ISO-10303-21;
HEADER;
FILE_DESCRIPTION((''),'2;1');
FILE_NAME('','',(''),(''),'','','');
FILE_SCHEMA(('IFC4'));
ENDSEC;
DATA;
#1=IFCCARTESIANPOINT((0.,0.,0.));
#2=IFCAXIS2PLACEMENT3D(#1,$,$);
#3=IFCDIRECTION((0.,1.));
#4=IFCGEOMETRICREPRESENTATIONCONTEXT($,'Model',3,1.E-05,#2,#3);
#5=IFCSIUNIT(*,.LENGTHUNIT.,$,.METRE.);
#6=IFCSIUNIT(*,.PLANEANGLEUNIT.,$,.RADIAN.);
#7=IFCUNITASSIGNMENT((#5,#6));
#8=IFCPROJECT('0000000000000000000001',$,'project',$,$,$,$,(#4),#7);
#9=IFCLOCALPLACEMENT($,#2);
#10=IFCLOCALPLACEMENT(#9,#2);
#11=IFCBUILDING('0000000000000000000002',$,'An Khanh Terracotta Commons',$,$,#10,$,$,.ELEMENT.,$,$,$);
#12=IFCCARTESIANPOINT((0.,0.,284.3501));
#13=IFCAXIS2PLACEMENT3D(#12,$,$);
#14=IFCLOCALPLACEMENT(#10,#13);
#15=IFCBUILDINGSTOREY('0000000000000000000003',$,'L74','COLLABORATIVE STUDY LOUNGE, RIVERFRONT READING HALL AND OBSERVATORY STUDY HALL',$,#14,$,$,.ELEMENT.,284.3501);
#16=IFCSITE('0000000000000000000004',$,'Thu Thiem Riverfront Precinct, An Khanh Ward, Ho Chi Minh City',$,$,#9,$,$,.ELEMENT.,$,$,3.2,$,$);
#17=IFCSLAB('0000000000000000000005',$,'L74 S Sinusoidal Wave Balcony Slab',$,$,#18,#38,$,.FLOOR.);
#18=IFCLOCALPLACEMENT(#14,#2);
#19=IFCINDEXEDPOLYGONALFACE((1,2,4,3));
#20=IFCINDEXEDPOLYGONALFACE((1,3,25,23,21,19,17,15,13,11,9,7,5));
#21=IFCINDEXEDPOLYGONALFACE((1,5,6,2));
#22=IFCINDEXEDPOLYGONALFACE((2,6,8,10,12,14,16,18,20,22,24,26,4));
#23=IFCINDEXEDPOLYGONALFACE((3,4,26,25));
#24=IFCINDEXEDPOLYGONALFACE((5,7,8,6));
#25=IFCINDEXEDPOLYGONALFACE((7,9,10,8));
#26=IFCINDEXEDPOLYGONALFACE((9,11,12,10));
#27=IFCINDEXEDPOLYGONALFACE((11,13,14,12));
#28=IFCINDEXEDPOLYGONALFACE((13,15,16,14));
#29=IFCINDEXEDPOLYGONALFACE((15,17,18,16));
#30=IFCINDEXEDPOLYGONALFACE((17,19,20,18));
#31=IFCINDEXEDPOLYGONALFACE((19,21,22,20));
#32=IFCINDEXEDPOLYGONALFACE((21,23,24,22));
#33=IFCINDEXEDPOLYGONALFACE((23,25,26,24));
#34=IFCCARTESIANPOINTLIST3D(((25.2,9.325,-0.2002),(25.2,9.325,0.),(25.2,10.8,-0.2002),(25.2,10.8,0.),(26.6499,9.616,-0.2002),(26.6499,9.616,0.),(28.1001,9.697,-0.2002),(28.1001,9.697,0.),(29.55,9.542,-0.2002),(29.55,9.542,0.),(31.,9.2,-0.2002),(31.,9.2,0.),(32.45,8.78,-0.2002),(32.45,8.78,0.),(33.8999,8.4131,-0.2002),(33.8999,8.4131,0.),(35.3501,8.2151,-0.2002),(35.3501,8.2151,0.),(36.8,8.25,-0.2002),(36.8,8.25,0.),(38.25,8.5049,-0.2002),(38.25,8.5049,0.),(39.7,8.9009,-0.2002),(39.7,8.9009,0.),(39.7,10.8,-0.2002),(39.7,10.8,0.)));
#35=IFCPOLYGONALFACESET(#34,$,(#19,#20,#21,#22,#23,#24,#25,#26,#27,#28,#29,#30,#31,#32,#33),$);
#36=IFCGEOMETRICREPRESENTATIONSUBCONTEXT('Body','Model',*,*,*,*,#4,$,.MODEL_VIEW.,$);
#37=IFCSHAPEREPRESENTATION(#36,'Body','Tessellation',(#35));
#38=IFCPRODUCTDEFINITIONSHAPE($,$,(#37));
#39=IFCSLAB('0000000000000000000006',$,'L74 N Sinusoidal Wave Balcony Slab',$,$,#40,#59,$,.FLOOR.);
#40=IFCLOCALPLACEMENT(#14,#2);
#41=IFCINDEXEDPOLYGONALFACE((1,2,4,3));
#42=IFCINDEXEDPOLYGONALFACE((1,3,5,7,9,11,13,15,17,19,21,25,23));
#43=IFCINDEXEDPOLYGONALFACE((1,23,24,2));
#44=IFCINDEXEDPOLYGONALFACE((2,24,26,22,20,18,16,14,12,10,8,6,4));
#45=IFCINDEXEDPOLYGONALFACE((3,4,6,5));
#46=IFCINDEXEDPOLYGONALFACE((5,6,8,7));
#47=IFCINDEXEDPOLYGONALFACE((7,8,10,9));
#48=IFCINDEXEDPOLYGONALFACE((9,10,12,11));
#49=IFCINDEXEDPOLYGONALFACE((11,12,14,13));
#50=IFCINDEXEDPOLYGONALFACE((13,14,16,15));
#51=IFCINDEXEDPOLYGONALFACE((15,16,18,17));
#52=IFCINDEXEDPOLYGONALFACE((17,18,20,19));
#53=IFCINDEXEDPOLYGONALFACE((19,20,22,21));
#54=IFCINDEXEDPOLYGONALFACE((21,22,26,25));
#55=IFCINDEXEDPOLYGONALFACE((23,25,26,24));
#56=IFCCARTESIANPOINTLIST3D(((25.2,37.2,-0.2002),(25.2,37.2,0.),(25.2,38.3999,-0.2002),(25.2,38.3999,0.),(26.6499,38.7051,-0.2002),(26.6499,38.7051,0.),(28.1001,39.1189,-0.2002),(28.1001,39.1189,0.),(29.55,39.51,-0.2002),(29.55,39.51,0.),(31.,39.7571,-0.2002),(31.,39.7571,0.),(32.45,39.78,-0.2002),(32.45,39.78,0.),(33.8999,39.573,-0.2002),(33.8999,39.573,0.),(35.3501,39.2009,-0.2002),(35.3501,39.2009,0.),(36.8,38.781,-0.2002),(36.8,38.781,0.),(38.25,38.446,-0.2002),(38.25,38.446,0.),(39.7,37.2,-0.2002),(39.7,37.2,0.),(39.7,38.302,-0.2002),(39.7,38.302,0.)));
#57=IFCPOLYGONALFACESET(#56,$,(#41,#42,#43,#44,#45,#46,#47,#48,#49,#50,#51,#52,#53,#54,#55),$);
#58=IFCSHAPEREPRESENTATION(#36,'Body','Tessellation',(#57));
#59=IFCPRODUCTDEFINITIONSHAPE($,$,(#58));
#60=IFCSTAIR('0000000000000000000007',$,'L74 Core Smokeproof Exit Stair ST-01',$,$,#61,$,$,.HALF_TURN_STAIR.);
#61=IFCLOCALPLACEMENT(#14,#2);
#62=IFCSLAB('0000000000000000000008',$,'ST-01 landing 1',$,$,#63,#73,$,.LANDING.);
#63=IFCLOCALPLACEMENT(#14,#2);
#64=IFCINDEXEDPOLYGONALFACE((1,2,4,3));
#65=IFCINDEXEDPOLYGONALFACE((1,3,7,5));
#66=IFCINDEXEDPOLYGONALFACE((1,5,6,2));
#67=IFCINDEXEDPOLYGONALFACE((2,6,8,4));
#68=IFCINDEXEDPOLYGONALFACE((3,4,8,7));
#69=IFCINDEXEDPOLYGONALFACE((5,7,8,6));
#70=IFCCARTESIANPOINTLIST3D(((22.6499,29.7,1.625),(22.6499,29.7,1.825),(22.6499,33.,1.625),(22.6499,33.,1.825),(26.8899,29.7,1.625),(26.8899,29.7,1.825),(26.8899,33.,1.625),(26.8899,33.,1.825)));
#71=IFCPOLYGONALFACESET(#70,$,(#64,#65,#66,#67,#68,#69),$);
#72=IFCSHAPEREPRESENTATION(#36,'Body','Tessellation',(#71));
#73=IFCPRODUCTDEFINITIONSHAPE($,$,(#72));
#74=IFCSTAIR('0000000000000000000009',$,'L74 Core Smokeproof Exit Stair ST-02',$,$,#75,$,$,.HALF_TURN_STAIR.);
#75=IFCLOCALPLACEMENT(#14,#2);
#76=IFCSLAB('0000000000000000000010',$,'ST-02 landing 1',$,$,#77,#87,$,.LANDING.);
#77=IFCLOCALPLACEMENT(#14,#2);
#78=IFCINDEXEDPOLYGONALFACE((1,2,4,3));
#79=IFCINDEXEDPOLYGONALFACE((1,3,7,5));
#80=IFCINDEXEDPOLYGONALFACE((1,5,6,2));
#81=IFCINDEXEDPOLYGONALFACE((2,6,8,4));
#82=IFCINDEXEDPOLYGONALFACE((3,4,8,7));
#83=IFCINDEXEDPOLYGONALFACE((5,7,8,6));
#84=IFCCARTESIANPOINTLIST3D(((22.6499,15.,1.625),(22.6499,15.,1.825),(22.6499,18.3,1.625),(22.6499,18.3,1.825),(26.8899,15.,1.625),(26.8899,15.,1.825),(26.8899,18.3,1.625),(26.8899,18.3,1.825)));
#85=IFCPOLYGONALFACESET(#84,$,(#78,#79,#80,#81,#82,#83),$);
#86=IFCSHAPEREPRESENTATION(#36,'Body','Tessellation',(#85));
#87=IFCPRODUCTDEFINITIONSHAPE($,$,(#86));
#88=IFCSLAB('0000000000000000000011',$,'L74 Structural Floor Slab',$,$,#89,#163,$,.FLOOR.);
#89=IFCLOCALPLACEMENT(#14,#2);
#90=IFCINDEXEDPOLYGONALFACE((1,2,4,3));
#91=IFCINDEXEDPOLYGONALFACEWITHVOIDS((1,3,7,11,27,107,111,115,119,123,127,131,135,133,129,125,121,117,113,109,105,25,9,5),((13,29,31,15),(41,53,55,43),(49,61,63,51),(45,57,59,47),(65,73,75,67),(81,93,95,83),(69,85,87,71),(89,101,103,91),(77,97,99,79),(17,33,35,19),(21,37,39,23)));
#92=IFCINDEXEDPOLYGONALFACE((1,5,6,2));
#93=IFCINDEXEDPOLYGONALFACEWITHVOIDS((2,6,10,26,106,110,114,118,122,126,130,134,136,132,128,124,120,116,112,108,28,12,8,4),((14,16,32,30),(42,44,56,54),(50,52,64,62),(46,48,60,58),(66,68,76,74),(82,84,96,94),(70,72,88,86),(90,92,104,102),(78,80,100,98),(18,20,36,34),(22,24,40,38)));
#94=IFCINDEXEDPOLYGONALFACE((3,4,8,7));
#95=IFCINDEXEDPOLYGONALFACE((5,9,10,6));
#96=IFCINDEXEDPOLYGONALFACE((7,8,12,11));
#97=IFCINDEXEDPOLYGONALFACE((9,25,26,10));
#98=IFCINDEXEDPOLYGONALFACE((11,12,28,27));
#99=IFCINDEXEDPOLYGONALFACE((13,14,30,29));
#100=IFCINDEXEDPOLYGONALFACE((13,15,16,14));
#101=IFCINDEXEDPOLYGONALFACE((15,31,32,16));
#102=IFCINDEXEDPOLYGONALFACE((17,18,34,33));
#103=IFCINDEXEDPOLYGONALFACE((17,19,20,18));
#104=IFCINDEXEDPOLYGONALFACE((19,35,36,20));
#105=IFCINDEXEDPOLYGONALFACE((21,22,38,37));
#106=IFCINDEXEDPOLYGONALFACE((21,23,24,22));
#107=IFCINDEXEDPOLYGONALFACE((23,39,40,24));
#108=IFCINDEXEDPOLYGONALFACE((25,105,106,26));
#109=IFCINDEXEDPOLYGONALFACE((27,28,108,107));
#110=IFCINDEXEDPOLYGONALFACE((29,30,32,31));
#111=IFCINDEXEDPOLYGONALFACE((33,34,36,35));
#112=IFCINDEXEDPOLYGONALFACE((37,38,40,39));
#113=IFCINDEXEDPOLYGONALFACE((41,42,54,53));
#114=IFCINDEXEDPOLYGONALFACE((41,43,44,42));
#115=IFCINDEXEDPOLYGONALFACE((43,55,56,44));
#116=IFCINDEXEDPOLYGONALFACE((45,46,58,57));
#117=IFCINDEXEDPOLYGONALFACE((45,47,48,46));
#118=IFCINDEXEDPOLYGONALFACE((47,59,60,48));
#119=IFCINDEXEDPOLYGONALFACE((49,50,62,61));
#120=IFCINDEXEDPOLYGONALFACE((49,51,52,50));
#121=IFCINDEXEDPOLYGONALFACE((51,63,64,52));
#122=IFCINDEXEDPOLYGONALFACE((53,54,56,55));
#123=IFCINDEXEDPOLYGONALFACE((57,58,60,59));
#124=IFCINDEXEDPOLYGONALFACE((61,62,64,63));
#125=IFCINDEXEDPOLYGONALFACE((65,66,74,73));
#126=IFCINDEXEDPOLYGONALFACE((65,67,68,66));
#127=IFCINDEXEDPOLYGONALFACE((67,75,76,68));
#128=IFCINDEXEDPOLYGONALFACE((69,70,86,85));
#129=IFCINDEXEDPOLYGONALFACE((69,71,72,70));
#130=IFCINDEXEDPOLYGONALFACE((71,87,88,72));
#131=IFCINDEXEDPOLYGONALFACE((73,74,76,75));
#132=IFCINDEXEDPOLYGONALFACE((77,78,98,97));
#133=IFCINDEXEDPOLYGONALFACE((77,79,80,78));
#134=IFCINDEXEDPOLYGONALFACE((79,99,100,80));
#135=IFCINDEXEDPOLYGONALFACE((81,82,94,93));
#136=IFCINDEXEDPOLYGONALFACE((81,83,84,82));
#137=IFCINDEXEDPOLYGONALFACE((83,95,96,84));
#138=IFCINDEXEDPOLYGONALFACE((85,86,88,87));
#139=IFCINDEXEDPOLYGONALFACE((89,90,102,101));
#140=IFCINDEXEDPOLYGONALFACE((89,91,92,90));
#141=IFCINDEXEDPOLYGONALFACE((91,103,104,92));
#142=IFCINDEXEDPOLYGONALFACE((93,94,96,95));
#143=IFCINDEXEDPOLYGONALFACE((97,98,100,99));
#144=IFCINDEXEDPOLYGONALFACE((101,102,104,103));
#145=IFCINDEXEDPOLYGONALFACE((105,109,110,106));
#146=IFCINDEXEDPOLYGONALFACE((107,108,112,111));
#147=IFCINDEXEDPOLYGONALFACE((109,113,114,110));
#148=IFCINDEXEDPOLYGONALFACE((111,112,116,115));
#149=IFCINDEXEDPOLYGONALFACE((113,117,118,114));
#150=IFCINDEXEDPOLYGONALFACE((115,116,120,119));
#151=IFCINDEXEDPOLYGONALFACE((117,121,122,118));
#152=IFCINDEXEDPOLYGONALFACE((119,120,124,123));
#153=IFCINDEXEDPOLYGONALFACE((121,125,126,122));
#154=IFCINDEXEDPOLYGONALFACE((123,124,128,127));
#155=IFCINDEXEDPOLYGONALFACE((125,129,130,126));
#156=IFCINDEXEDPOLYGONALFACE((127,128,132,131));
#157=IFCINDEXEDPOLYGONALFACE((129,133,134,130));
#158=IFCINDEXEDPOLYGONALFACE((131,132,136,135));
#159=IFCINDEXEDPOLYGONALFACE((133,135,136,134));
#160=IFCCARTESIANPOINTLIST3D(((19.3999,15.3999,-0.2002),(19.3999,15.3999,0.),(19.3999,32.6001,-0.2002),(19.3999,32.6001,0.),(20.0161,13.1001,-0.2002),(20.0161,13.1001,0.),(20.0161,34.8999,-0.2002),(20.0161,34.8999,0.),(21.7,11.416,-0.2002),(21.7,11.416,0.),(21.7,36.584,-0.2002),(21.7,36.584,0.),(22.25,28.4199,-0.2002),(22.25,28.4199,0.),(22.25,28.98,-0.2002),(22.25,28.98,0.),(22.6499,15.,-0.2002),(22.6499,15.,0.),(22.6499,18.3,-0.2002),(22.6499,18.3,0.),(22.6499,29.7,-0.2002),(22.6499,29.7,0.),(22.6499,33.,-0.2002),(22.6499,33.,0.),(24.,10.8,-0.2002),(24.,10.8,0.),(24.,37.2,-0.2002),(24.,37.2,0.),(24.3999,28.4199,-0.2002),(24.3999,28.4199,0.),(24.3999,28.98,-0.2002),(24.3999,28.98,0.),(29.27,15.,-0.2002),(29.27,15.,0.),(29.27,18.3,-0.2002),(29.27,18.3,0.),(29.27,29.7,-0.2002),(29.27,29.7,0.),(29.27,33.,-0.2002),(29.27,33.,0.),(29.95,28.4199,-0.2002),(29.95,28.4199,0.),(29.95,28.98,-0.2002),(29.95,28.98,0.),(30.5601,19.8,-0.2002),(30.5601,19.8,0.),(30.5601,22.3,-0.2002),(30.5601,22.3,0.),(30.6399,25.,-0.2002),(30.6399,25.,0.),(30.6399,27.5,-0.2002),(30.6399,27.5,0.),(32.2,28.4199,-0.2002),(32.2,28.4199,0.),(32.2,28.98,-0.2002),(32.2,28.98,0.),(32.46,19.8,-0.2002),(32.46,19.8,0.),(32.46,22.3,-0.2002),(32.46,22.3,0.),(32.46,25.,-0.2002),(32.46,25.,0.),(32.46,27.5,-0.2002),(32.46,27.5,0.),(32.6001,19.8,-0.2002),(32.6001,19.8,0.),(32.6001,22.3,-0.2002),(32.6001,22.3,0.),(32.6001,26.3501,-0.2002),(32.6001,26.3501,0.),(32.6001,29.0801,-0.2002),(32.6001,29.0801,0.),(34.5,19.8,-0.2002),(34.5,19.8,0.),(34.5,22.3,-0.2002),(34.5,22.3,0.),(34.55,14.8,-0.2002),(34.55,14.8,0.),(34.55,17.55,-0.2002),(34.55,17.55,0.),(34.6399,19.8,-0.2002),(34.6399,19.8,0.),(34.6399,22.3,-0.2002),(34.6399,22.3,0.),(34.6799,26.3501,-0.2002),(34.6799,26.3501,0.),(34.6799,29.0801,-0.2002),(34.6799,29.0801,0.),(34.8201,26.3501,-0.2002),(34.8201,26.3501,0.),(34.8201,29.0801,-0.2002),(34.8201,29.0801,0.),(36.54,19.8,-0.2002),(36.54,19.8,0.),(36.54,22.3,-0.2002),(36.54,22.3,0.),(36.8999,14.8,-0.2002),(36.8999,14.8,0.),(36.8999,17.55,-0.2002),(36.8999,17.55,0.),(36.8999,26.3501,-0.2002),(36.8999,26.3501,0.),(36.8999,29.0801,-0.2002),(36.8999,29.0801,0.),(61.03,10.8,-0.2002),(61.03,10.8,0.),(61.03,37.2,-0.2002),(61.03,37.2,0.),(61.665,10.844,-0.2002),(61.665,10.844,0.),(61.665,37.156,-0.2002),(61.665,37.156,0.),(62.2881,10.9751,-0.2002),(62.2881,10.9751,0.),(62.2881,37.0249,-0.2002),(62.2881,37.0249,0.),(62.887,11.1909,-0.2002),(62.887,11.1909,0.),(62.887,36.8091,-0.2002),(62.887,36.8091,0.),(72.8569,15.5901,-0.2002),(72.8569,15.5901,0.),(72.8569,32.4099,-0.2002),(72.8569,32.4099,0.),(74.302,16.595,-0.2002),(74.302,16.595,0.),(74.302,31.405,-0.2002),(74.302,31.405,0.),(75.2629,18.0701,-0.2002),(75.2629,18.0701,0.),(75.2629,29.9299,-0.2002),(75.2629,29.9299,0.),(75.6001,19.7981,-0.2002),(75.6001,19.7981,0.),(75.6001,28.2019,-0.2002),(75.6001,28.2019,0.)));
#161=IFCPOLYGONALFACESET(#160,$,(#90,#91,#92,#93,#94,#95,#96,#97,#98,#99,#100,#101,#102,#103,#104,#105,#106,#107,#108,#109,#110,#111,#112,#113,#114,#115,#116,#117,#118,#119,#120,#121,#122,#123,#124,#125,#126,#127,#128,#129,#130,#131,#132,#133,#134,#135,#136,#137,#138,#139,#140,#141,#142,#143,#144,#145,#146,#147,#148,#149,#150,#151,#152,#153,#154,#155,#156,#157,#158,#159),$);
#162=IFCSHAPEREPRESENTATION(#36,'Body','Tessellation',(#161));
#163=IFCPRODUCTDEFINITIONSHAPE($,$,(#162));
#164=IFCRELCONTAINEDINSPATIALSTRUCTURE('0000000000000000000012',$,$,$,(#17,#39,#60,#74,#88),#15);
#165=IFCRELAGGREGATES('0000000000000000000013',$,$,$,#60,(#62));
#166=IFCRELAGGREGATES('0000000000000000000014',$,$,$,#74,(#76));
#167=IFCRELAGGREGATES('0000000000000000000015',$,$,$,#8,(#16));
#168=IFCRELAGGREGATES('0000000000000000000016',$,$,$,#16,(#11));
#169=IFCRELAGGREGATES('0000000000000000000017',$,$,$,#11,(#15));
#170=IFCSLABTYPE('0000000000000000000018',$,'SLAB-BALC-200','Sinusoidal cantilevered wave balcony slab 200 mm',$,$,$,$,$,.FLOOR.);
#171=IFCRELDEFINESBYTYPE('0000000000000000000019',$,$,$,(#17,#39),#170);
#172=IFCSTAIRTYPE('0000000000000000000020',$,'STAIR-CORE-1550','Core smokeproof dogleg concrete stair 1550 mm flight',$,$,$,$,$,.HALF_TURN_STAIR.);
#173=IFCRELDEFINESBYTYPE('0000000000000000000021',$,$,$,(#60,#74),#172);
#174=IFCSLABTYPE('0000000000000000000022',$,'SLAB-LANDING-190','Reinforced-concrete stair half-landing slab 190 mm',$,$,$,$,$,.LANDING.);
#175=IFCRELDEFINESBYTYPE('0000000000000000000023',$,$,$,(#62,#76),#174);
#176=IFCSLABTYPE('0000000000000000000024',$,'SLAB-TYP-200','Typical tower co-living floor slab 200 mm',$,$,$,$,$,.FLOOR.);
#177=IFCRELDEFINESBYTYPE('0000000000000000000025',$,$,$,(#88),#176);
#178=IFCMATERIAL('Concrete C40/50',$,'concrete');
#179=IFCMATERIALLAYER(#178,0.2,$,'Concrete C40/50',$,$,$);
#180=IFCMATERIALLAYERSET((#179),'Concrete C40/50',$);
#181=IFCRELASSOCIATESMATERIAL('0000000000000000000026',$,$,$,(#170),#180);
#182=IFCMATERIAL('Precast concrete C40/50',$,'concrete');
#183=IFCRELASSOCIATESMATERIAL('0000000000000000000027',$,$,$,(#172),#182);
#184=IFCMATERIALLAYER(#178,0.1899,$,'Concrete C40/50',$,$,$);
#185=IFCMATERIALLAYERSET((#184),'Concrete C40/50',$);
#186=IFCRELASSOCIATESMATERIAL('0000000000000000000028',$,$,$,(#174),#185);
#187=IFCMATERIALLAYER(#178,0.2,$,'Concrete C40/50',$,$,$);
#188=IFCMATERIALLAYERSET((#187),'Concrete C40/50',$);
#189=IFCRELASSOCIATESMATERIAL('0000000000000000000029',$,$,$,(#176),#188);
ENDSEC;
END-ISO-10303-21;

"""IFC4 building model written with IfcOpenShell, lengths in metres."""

from ifc_helpers import new_model, si_unit, direction, frame, origin, place, context, subcontext, project, spatial, polyline, outline, extrude, material, layer, layer_set, type_object, element, aggregate, save


model = new_model("IFC4")

# Units and contexts
model_context = context("Model", 3, precision=1e-05, world=origin(), true_north=direction((0.0, 1.0)))
body_context = subcontext(model_context, "Body", "Model", "MODEL_VIEW")
ifc_project = project(units=[si_unit("LENGTHUNIT", "METRE"), si_unit("PLANEANGLEUNIT", "RADIAN")], contexts=[model_context])

# Site, building, storey
site_placement = place(None, origin())
site = spatial("IfcSite", under=ifc_project, at=site_placement, Name="Thu Thiem Riverfront Precinct, An Khanh Ward, Ho Chi Minh City", CompositionType="ELEMENT", RefElevation=3.2)
building_placement = place(site_placement, origin())
building = spatial("IfcBuilding", under=site, at=building_placement, Name="An Khanh Terracotta Commons", CompositionType="ELEMENT")
storey_placement = place(building_placement, frame((0.0, 0.0, 284.3501)))
storey = spatial("IfcBuildingStorey", under=building, at=storey_placement, Name="L74", Description="COLLABORATIVE STUDY LOUNGE, RIVERFRONT READING HALL AND OBSERVATORY STUDY HALL", CompositionType="ELEMENT", Elevation=284.3501)

# Slabs
ifc_material_1 = material(Name="Concrete C40/50", Category="concrete")
ifc_layer_1 = layer(ifc_material_1, 0.2, Name="Concrete C40/50")
ifc_layer_set_1 = layer_set([ifc_layer_1], Name="Concrete C40/50")
slab_type_1 = type_object("IfcSlabType", Name="SLAB-BALC-200", Description="Sinusoidal cantilevered wave balcony slab 200 mm", PredefinedType="FLOOR", material=ifc_layer_set_1)
slab_1_placement = place(storey_placement, frame((0.0, 0.0, -0.2002)))
element("IfcSlab", 1, at=slab_1_placement, inside=storey, type_object=slab_type_1, Name="L74 S Sinusoidal Wave Balcony Slab", PredefinedType="FLOOR", context=body_context, shape_type="SweptSolid", body=[
    extrude(outline(polyline([(25.2, 10.8), (25.2, 9.325), (26.6499, 9.616), (28.1001, 9.697), (29.55, 9.542), (31.0, 9.2), (32.45, 8.78), (33.8999, 8.4131), (35.3501, 8.2151), (36.8, 8.25), (38.25, 8.5049), (39.7, 8.9009), (39.7, 10.8), (25.2, 10.8)])), origin(), (0.0, 0.0, 1.0), 0.2002),
])
slab_2_placement = place(storey_placement, frame((0.0, 0.0, -0.2002)))
element("IfcSlab", 2, at=slab_2_placement, inside=storey, type_object=slab_type_1, Name="L74 N Sinusoidal Wave Balcony Slab", PredefinedType="FLOOR", context=body_context, shape_type="SweptSolid", body=[
    extrude(outline(polyline([(39.7, 37.2), (39.7, 38.302), (38.25, 38.446), (36.8, 38.781), (35.3501, 39.2009), (33.8999, 39.573), (32.45, 39.78), (31.0, 39.7571), (29.55, 39.51), (28.1001, 39.1189), (26.6499, 38.7051), (25.2, 38.3999), (25.2, 37.2), (39.7, 37.2)])), origin(), (0.0, 0.0, 1.0), 0.2002),
])

# Stairs, slabs
ifc_material_2 = material(Name="Precast concrete C40/50", Category="concrete")
stair_type = type_object("IfcStairType", Name="STAIR-CORE-1550", Description="Core smokeproof dogleg concrete stair 1550 mm flight", PredefinedType="HALF_TURN_STAIR", material=ifc_material_2)
stair_1_placement = place(storey_placement, origin())
stair_1 = element("IfcStair", 3, at=stair_1_placement, inside=storey, type_object=stair_type, Name="L74 Core Smokeproof Exit Stair ST-01", PredefinedType="HALF_TURN_STAIR")
ifc_layer_2 = layer(ifc_material_1, 0.1899, Name="Concrete C40/50")
ifc_layer_set_2 = layer_set([ifc_layer_2], Name="Concrete C40/50")
slab_type_2 = type_object("IfcSlabType", Name="SLAB-LANDING-190", Description="Reinforced-concrete stair half-landing slab 190 mm", PredefinedType="LANDING", material=ifc_layer_set_2)
slab_3_placement = place(storey_placement, frame((0.0, 0.0, 1.625)))
slab_3 = element("IfcSlab", 4, at=slab_3_placement, type_object=slab_type_2, Name="ST-01 landing 1", PredefinedType="LANDING", context=body_context, shape_type="SweptSolid", body=[
    extrude(outline(polyline([(26.8899, 33.0), (22.6499, 33.0), (22.6499, 29.7), (26.8899, 29.7), (26.8899, 33.0)])), origin(), (0.0, 0.0, 1.0), 0.2),
])
aggregate(stair_1, [slab_3])
stair_2_placement = place(storey_placement, origin())
stair_2 = element("IfcStair", 5, at=stair_2_placement, inside=storey, type_object=stair_type, Name="L74 Core Smokeproof Exit Stair ST-02", PredefinedType="HALF_TURN_STAIR")
slab_4_placement = place(storey_placement, frame((0.0, 0.0, 1.625)))
slab_4 = element("IfcSlab", 6, at=slab_4_placement, type_object=slab_type_2, Name="ST-02 landing 1", PredefinedType="LANDING", context=body_context, shape_type="SweptSolid", body=[
    extrude(outline(polyline([(26.8899, 18.3), (22.6499, 18.3), (22.6499, 15.0), (26.8899, 15.0), (26.8899, 18.3)])), origin(), (0.0, 0.0, 1.0), 0.2),
])
aggregate(stair_2, [slab_4])

# Slab
ifc_layer_3 = layer(ifc_material_1, 0.2, Name="Concrete C40/50")
ifc_layer_set_3 = layer_set([ifc_layer_3], Name="Concrete C40/50")
slab_type_3 = type_object("IfcSlabType", Name="SLAB-TYP-200", Description="Typical tower co-living floor slab 200 mm", PredefinedType="FLOOR", material=ifc_layer_set_3)
slab_5_placement = place(storey_placement, frame((0.0, 0.0, -0.2002)))
element("IfcSlab", 7, at=slab_5_placement, inside=storey, type_object=slab_type_3, Name="L74 Structural Floor Slab", PredefinedType="FLOOR", context=body_context, shape_type="SweptSolid", body=[
    extrude(outline(polyline([(19.3999, 15.3999), (20.0161, 13.1001), (21.7, 11.416), (24.0, 10.8), (61.03, 10.8), (61.665, 10.844), (62.2881, 10.9751), (62.887, 11.1909), (72.8569, 15.5901), (74.302, 16.595), (75.2629, 18.0701), (75.6001, 19.7981), (75.6001, 28.2019), (75.2629, 29.9299), (74.302, 31.405), (72.8569, 32.4099), (62.887, 36.8091), (62.2881, 37.0249), (61.665, 37.156), (61.03, 37.2), (24.0, 37.2), (21.7, 36.584), (20.0161, 34.8999), (19.3999, 32.6001), (19.3999, 15.3999)]), holes=[polyline([(22.6499, 29.7), (29.27, 29.7), (29.27, 33.0), (22.6499, 33.0), (22.6499, 29.7)]), polyline([(22.6499, 15.0), (29.27, 15.0), (29.27, 18.3), (22.6499, 18.3), (22.6499, 15.0)]), polyline([(32.6001, 26.3501), (34.6799, 26.3501), (34.6799, 29.0801), (32.6001, 29.0801), (32.6001, 26.3501)]), polyline([(34.8201, 26.3501), (36.8999, 26.3501), (36.8999, 29.0801), (34.8201, 29.0801), (34.8201, 26.3501)]), polyline([(34.55, 14.8), (36.8999, 14.8), (36.8999, 17.55), (34.55, 17.55), (34.55, 14.8)]), polyline([(30.6399, 25.0), (32.46, 25.0), (32.46, 27.5), (30.6399, 27.5), (30.6399, 25.0)]), polyline([(30.5601, 19.8), (32.46, 19.8), (32.46, 22.3), (30.5601, 22.3), (30.5601, 19.8)]), polyline([(32.6001, 19.8), (34.5, 19.8), (34.5, 22.3), (32.6001, 22.3), (32.6001, 19.8)]), polyline([(34.6399, 19.8), (36.54, 19.8), (36.54, 22.3), (34.6399, 22.3), (34.6399, 19.8)]), polyline([(22.25, 28.4199), (24.3999, 28.4199), (24.3999, 28.98), (22.25, 28.98), (22.25, 28.4199)]), polyline([(29.95, 28.4199), (32.2, 28.4199), (32.2, 28.98), (29.95, 28.98), (29.95, 28.4199)])]), origin(), (0.0, 0.0, 1.0), 0.2002),
])

save(model, "model.ifc")
